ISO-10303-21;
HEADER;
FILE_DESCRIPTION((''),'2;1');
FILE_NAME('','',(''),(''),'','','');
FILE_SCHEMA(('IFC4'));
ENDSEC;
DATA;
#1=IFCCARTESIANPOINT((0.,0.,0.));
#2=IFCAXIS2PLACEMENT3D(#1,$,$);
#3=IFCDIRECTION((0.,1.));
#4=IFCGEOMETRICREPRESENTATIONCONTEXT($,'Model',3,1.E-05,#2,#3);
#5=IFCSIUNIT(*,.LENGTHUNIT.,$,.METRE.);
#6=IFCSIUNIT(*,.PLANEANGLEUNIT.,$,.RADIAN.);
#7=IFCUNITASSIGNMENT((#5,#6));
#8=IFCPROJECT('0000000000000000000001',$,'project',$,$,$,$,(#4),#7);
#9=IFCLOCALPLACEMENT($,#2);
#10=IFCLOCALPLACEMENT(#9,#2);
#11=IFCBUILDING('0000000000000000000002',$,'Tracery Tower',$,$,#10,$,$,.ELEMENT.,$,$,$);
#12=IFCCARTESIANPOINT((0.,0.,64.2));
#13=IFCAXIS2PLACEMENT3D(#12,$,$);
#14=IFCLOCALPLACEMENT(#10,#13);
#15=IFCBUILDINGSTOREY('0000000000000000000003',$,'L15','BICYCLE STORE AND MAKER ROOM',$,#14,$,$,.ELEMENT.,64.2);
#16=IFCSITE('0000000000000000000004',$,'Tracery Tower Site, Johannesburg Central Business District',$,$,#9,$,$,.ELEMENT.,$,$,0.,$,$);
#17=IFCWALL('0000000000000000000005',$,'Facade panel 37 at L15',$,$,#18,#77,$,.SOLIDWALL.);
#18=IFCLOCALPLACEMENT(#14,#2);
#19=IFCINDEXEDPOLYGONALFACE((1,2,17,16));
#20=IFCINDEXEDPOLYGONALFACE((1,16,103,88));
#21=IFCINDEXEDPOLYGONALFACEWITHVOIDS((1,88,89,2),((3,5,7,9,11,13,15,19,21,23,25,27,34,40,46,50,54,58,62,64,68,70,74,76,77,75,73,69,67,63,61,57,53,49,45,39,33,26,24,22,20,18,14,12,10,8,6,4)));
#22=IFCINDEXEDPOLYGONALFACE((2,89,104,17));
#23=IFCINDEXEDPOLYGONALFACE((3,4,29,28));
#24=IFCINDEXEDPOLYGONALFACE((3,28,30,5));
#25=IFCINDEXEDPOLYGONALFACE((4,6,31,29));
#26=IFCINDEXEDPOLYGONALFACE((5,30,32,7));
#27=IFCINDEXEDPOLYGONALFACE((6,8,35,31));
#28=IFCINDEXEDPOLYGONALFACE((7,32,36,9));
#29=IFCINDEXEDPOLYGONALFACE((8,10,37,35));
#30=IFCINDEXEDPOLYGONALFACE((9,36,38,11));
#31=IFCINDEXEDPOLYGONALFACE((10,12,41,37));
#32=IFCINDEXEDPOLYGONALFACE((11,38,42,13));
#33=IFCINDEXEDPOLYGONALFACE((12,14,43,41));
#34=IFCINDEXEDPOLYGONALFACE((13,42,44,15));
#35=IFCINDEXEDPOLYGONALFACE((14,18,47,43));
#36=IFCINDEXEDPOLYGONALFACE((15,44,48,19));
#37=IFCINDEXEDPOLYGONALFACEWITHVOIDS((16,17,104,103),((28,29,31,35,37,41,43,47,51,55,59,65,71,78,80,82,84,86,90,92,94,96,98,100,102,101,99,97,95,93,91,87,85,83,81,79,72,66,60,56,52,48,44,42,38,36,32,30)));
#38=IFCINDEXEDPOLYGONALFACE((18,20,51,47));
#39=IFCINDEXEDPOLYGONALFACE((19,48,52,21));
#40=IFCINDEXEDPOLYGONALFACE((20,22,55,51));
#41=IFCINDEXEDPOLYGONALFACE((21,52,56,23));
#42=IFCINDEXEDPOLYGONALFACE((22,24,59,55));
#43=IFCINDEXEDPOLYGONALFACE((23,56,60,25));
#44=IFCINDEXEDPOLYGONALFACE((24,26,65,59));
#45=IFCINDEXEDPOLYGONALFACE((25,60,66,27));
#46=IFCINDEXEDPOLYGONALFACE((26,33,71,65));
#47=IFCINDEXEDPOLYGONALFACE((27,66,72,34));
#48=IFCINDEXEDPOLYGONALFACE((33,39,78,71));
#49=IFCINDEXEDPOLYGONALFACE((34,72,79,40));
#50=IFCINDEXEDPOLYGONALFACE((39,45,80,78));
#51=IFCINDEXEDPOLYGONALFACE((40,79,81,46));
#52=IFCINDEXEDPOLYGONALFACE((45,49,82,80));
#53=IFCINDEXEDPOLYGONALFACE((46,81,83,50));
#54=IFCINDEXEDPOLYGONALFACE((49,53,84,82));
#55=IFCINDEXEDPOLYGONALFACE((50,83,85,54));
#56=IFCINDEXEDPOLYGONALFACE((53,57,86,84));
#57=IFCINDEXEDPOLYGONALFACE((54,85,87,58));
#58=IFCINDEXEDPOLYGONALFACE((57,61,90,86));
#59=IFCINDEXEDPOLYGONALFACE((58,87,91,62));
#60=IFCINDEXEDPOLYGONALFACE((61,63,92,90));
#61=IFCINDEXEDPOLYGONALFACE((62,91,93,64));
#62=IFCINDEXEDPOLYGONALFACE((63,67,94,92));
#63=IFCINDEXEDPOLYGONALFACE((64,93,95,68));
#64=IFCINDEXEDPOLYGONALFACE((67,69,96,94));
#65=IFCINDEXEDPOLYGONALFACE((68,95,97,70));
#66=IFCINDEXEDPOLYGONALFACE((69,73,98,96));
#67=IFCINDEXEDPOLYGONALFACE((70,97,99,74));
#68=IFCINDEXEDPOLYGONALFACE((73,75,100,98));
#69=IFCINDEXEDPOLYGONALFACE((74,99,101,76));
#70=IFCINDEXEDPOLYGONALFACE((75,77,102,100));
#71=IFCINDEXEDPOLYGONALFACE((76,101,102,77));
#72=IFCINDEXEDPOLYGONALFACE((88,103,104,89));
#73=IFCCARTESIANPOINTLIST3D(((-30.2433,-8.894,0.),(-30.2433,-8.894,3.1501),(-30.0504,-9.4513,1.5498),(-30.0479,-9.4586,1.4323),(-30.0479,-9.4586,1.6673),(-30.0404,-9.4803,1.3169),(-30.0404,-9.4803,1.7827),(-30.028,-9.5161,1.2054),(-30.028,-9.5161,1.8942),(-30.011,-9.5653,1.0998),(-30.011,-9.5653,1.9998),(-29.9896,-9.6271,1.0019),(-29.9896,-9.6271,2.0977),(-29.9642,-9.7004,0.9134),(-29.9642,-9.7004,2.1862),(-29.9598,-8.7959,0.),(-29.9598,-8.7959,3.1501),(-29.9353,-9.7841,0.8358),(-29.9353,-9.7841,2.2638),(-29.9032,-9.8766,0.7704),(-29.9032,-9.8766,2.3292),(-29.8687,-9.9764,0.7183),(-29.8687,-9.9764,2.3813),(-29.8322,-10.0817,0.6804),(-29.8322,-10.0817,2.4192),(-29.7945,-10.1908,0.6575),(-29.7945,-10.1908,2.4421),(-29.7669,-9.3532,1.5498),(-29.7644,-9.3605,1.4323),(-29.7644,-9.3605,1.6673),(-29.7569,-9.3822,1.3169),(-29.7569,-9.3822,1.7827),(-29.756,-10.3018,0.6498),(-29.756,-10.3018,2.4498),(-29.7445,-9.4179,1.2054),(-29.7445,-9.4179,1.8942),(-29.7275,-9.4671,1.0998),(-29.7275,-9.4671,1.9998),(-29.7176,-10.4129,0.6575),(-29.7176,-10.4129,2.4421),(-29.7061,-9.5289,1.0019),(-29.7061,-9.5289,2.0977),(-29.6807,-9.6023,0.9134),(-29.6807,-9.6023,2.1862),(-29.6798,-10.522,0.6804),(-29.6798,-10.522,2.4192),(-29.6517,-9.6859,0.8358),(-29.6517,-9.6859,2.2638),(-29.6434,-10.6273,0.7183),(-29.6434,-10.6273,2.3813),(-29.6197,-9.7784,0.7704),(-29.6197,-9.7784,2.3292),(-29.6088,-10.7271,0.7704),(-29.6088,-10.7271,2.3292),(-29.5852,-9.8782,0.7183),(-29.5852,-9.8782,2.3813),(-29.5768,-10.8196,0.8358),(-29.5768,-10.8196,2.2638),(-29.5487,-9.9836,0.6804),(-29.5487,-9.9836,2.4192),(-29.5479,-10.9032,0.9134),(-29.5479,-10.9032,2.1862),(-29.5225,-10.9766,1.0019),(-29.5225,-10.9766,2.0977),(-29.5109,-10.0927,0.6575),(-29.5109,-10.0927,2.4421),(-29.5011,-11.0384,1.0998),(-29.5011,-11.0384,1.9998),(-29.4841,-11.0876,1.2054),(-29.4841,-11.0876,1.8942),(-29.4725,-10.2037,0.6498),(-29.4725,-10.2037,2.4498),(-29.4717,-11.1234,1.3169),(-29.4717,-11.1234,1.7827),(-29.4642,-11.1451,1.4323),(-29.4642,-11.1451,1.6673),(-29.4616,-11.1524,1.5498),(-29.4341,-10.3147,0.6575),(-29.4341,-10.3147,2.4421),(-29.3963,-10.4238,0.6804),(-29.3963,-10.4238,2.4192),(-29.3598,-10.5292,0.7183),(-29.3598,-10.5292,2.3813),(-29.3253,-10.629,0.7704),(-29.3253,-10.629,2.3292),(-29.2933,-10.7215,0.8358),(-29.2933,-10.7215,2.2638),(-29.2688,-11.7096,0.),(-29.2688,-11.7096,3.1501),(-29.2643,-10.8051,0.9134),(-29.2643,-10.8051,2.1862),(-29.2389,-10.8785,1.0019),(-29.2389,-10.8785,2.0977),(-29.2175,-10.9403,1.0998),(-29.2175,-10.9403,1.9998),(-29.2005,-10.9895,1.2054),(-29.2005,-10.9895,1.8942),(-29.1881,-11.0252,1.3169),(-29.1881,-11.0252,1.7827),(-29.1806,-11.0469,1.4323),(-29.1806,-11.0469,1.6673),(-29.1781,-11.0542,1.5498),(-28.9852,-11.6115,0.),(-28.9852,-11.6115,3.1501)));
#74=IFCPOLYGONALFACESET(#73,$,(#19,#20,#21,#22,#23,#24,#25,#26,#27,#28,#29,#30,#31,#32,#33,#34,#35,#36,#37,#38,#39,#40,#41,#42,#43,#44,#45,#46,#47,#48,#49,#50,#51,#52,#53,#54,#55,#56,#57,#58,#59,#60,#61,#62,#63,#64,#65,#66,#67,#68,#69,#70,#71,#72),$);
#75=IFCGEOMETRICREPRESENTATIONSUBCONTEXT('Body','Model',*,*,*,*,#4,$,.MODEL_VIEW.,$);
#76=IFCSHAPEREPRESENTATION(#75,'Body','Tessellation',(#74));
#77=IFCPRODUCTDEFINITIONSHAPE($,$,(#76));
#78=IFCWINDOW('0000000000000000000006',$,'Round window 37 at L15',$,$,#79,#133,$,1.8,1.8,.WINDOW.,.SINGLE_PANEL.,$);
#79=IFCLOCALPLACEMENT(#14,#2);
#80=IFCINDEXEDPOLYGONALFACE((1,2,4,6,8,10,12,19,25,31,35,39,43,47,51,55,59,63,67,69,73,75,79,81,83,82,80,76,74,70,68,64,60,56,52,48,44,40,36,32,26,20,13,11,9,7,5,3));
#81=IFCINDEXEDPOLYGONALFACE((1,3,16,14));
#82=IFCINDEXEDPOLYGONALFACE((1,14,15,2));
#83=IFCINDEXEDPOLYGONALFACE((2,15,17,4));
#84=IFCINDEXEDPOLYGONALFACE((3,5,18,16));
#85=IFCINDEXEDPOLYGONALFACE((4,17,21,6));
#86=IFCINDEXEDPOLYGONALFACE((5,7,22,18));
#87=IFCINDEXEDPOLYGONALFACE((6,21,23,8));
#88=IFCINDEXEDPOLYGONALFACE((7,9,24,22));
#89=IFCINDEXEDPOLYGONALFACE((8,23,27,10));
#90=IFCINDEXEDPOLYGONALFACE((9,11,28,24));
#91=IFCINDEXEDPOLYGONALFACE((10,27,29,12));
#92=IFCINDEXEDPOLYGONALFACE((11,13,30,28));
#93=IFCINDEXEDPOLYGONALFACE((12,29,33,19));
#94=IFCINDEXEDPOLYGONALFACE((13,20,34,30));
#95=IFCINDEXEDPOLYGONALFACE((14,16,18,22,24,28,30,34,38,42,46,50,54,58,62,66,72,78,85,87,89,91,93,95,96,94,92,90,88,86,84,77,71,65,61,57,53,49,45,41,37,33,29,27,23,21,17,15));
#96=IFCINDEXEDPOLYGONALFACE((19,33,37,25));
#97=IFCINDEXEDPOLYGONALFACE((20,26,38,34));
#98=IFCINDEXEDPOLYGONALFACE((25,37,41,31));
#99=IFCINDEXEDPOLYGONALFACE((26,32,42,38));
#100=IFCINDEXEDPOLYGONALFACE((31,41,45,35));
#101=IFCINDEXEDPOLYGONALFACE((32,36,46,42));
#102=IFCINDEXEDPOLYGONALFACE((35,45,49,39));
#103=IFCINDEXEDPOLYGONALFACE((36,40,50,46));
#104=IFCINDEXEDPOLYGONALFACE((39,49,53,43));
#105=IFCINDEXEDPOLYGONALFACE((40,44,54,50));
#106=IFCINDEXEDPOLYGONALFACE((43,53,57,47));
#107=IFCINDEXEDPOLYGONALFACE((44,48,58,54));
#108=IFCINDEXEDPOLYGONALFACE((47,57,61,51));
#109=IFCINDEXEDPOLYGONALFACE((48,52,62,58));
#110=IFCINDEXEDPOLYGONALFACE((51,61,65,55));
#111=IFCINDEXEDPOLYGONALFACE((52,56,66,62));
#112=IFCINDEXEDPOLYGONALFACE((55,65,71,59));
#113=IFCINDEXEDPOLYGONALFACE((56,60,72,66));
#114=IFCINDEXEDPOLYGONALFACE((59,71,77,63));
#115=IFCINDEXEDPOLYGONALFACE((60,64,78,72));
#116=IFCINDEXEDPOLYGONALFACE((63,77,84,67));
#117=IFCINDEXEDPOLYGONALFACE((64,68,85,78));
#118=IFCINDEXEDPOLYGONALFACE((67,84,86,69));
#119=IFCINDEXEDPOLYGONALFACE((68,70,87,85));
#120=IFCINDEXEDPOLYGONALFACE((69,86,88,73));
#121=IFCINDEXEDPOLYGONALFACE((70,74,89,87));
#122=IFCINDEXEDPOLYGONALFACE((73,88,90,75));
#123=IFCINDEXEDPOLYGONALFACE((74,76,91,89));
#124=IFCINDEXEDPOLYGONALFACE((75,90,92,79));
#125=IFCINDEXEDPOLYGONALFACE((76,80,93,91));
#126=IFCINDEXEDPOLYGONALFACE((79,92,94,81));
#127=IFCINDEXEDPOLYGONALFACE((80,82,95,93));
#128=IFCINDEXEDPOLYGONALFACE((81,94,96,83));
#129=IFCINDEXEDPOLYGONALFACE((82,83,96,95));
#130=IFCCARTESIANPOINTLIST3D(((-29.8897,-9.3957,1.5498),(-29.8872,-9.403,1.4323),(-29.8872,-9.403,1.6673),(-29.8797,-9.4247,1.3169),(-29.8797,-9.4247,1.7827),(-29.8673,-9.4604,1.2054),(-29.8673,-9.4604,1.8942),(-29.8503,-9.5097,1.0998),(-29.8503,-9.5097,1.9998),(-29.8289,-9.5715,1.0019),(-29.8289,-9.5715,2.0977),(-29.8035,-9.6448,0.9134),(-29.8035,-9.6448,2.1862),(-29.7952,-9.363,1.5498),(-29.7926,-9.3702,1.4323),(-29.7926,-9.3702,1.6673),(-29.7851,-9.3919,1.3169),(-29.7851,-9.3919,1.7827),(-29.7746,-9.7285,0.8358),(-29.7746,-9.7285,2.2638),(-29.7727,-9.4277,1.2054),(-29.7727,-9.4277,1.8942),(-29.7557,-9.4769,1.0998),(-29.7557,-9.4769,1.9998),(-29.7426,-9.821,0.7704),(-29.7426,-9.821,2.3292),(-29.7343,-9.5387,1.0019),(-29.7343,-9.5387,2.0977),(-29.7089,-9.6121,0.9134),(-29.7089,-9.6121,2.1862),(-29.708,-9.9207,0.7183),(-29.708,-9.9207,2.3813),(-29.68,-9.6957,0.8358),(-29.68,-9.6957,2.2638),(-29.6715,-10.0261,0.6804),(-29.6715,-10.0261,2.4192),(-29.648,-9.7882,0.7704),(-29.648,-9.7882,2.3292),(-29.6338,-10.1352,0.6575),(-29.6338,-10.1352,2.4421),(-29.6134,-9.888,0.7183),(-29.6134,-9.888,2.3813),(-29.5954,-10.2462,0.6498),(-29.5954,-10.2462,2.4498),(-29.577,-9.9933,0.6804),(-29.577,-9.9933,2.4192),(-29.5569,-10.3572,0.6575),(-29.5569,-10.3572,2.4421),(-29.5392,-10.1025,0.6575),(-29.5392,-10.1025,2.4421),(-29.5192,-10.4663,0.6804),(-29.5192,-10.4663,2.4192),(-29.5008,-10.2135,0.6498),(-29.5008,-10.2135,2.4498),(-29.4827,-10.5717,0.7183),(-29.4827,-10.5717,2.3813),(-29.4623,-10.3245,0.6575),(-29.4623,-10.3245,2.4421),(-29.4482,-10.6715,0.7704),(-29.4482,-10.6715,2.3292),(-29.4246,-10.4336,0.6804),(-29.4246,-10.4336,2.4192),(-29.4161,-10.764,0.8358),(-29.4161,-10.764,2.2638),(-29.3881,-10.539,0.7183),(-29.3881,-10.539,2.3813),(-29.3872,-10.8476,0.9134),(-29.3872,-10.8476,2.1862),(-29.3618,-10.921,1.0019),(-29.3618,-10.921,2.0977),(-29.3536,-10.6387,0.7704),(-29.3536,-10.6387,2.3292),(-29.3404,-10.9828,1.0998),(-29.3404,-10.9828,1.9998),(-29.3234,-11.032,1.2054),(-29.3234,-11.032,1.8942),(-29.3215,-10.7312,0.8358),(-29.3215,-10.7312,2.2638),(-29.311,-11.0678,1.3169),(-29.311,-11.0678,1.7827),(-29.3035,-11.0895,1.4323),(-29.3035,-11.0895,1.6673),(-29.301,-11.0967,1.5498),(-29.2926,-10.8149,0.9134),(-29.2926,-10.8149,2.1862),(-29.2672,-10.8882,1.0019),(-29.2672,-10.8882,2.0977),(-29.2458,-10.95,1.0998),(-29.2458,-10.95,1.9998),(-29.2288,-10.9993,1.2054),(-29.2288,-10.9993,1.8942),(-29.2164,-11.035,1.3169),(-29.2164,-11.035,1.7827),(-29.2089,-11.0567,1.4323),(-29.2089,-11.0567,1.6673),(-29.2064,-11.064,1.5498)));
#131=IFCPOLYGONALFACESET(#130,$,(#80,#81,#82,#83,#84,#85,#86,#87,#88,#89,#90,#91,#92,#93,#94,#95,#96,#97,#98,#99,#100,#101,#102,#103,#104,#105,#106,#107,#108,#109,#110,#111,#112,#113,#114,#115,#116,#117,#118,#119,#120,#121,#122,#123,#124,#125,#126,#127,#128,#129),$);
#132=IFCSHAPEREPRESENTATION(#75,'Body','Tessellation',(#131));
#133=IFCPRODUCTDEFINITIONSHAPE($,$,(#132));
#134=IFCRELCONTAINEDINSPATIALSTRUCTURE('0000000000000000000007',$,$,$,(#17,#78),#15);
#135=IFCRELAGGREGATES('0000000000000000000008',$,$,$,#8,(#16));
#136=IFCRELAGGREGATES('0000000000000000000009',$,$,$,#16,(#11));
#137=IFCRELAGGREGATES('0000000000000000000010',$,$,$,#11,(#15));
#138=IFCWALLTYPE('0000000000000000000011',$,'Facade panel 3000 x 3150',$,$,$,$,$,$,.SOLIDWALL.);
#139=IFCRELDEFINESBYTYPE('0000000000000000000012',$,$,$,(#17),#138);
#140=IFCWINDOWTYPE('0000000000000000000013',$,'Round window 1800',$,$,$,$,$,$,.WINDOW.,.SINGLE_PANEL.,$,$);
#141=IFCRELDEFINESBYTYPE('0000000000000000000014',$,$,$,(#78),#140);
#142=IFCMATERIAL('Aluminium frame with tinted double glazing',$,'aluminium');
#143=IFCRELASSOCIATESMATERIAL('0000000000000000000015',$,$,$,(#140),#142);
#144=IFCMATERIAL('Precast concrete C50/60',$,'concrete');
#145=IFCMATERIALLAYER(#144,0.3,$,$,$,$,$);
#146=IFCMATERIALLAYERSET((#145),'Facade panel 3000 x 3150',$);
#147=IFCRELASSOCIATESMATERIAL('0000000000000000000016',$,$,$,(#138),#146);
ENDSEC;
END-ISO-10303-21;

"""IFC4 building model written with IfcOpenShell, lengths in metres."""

from ifc_helpers import new_model, si_unit, direction, frame, frame_2d, origin, origin_2d, place, context, subcontext, project, spatial, rectangle, circle, extrude, material, layer, layer_set, type_object, element, fill, save


model = new_model("IFC4")

# Units and contexts
model_context = context("Model", 3, precision=1e-05, world=origin(), true_north=direction((0.0, 1.0)))
body_context = subcontext(model_context, "Body", "Model", "MODEL_VIEW")
ifc_project = project(units=[si_unit("LENGTHUNIT", "METRE"), si_unit("PLANEANGLEUNIT", "RADIAN")], contexts=[model_context])

# Site, building, storey
site_placement = place(None, origin())
site = spatial("IfcSite", under=ifc_project, at=site_placement, Name="Tracery Tower Site, Johannesburg Central Business District", CompositionType="ELEMENT", RefElevation=0.0)
building_placement = place(site_placement, origin())
building = spatial("IfcBuilding", under=site, at=building_placement, Name="Tracery Tower", CompositionType="ELEMENT")
storey_placement = place(building_placement, frame((0.0, 0.0, 64.2)))
storey = spatial("IfcBuildingStorey", under=building, at=storey_placement, Name="L15", Description="BICYCLE STORE AND MAKER ROOM", CompositionType="ELEMENT", Elevation=64.2)

# Wall, opening, window
ifc_material_1 = material(Name="Aluminium frame with tinted double glazing", Category="aluminium")
window_type = type_object("IfcWindowType", Name="Round window 1800", PartitioningType="SINGLE_PANEL", PredefinedType="WINDOW", material=ifc_material_1)
ifc_material_2 = material(Name="Precast concrete C50/60", Category="concrete")
ifc_layer_1 = layer(ifc_material_2, 0.3)
ifc_layer_set_1 = layer_set([ifc_layer_1], Name="Facade panel 3000 x 3150")
wall_type_1 = type_object("IfcWallType", Name="Facade panel 3000 x 3150", PredefinedType="SOLIDWALL", material=ifc_layer_set_1)
wall_1_placement = place(storey_placement, frame((-30.1016, -8.845, 0.0), z_axis=(0.0, 0.0, 1.0), x_axis=(0.327096, -0.944991, 0.0)))
wall_1 = element("IfcWall", 1, at=wall_1_placement, inside=storey, type_object=wall_type_1, Name="Facade panel 37 at L15", PredefinedType="SOLIDWALL", context=body_context, shape_type="SweptSolid", body=[
    extrude(rectangle(XDim=2.9795, YDim=0.3, at=frame_2d((1.4897, 0.0))), origin(), (0.0, 0.0, 1.0), 3.1501),
])
opening_1_placement = place(wall_1_placement, frame((1.4897, 0.0, 1.5498)))
opening_1 = element("IfcOpeningElement", 2, at=opening_1_placement, cuts=wall_1, PredefinedType="OPENING", context=body_context, shape_type="SweptSolid", body=[
    extrude(circle(Radius=0.9, at=origin_2d()), frame((0.0, 0.1599, 0.0), z_axis=(0.0, -1.0, 0.0), x_axis=(1.0, 0.0, 0.0)), (0.0, 0.0, 1.0), 0.3201),
])
window_1_placement = place(opening_1_placement, origin())
window_1 = element("IfcWindow", 3, at=window_1_placement, inside=storey, type_object=window_type, Name="Round window 37 at L15", OverallHeight=1.8, OverallWidth=1.8, PartitioningType="SINGLE_PANEL", PredefinedType="WINDOW", context=body_context, shape_type="SweptSolid", body=[
    extrude(circle(Radius=0.9, at=origin_2d()), frame((0.0, 0.1201, 0.0), z_axis=(0.0, -1.0, 0.0), x_axis=(1.0, 0.0, 0.0)), (0.0, 0.0, 1.0), 0.1001),
])
fill(opening_1, window_1)

save(model, "model.ifc")
